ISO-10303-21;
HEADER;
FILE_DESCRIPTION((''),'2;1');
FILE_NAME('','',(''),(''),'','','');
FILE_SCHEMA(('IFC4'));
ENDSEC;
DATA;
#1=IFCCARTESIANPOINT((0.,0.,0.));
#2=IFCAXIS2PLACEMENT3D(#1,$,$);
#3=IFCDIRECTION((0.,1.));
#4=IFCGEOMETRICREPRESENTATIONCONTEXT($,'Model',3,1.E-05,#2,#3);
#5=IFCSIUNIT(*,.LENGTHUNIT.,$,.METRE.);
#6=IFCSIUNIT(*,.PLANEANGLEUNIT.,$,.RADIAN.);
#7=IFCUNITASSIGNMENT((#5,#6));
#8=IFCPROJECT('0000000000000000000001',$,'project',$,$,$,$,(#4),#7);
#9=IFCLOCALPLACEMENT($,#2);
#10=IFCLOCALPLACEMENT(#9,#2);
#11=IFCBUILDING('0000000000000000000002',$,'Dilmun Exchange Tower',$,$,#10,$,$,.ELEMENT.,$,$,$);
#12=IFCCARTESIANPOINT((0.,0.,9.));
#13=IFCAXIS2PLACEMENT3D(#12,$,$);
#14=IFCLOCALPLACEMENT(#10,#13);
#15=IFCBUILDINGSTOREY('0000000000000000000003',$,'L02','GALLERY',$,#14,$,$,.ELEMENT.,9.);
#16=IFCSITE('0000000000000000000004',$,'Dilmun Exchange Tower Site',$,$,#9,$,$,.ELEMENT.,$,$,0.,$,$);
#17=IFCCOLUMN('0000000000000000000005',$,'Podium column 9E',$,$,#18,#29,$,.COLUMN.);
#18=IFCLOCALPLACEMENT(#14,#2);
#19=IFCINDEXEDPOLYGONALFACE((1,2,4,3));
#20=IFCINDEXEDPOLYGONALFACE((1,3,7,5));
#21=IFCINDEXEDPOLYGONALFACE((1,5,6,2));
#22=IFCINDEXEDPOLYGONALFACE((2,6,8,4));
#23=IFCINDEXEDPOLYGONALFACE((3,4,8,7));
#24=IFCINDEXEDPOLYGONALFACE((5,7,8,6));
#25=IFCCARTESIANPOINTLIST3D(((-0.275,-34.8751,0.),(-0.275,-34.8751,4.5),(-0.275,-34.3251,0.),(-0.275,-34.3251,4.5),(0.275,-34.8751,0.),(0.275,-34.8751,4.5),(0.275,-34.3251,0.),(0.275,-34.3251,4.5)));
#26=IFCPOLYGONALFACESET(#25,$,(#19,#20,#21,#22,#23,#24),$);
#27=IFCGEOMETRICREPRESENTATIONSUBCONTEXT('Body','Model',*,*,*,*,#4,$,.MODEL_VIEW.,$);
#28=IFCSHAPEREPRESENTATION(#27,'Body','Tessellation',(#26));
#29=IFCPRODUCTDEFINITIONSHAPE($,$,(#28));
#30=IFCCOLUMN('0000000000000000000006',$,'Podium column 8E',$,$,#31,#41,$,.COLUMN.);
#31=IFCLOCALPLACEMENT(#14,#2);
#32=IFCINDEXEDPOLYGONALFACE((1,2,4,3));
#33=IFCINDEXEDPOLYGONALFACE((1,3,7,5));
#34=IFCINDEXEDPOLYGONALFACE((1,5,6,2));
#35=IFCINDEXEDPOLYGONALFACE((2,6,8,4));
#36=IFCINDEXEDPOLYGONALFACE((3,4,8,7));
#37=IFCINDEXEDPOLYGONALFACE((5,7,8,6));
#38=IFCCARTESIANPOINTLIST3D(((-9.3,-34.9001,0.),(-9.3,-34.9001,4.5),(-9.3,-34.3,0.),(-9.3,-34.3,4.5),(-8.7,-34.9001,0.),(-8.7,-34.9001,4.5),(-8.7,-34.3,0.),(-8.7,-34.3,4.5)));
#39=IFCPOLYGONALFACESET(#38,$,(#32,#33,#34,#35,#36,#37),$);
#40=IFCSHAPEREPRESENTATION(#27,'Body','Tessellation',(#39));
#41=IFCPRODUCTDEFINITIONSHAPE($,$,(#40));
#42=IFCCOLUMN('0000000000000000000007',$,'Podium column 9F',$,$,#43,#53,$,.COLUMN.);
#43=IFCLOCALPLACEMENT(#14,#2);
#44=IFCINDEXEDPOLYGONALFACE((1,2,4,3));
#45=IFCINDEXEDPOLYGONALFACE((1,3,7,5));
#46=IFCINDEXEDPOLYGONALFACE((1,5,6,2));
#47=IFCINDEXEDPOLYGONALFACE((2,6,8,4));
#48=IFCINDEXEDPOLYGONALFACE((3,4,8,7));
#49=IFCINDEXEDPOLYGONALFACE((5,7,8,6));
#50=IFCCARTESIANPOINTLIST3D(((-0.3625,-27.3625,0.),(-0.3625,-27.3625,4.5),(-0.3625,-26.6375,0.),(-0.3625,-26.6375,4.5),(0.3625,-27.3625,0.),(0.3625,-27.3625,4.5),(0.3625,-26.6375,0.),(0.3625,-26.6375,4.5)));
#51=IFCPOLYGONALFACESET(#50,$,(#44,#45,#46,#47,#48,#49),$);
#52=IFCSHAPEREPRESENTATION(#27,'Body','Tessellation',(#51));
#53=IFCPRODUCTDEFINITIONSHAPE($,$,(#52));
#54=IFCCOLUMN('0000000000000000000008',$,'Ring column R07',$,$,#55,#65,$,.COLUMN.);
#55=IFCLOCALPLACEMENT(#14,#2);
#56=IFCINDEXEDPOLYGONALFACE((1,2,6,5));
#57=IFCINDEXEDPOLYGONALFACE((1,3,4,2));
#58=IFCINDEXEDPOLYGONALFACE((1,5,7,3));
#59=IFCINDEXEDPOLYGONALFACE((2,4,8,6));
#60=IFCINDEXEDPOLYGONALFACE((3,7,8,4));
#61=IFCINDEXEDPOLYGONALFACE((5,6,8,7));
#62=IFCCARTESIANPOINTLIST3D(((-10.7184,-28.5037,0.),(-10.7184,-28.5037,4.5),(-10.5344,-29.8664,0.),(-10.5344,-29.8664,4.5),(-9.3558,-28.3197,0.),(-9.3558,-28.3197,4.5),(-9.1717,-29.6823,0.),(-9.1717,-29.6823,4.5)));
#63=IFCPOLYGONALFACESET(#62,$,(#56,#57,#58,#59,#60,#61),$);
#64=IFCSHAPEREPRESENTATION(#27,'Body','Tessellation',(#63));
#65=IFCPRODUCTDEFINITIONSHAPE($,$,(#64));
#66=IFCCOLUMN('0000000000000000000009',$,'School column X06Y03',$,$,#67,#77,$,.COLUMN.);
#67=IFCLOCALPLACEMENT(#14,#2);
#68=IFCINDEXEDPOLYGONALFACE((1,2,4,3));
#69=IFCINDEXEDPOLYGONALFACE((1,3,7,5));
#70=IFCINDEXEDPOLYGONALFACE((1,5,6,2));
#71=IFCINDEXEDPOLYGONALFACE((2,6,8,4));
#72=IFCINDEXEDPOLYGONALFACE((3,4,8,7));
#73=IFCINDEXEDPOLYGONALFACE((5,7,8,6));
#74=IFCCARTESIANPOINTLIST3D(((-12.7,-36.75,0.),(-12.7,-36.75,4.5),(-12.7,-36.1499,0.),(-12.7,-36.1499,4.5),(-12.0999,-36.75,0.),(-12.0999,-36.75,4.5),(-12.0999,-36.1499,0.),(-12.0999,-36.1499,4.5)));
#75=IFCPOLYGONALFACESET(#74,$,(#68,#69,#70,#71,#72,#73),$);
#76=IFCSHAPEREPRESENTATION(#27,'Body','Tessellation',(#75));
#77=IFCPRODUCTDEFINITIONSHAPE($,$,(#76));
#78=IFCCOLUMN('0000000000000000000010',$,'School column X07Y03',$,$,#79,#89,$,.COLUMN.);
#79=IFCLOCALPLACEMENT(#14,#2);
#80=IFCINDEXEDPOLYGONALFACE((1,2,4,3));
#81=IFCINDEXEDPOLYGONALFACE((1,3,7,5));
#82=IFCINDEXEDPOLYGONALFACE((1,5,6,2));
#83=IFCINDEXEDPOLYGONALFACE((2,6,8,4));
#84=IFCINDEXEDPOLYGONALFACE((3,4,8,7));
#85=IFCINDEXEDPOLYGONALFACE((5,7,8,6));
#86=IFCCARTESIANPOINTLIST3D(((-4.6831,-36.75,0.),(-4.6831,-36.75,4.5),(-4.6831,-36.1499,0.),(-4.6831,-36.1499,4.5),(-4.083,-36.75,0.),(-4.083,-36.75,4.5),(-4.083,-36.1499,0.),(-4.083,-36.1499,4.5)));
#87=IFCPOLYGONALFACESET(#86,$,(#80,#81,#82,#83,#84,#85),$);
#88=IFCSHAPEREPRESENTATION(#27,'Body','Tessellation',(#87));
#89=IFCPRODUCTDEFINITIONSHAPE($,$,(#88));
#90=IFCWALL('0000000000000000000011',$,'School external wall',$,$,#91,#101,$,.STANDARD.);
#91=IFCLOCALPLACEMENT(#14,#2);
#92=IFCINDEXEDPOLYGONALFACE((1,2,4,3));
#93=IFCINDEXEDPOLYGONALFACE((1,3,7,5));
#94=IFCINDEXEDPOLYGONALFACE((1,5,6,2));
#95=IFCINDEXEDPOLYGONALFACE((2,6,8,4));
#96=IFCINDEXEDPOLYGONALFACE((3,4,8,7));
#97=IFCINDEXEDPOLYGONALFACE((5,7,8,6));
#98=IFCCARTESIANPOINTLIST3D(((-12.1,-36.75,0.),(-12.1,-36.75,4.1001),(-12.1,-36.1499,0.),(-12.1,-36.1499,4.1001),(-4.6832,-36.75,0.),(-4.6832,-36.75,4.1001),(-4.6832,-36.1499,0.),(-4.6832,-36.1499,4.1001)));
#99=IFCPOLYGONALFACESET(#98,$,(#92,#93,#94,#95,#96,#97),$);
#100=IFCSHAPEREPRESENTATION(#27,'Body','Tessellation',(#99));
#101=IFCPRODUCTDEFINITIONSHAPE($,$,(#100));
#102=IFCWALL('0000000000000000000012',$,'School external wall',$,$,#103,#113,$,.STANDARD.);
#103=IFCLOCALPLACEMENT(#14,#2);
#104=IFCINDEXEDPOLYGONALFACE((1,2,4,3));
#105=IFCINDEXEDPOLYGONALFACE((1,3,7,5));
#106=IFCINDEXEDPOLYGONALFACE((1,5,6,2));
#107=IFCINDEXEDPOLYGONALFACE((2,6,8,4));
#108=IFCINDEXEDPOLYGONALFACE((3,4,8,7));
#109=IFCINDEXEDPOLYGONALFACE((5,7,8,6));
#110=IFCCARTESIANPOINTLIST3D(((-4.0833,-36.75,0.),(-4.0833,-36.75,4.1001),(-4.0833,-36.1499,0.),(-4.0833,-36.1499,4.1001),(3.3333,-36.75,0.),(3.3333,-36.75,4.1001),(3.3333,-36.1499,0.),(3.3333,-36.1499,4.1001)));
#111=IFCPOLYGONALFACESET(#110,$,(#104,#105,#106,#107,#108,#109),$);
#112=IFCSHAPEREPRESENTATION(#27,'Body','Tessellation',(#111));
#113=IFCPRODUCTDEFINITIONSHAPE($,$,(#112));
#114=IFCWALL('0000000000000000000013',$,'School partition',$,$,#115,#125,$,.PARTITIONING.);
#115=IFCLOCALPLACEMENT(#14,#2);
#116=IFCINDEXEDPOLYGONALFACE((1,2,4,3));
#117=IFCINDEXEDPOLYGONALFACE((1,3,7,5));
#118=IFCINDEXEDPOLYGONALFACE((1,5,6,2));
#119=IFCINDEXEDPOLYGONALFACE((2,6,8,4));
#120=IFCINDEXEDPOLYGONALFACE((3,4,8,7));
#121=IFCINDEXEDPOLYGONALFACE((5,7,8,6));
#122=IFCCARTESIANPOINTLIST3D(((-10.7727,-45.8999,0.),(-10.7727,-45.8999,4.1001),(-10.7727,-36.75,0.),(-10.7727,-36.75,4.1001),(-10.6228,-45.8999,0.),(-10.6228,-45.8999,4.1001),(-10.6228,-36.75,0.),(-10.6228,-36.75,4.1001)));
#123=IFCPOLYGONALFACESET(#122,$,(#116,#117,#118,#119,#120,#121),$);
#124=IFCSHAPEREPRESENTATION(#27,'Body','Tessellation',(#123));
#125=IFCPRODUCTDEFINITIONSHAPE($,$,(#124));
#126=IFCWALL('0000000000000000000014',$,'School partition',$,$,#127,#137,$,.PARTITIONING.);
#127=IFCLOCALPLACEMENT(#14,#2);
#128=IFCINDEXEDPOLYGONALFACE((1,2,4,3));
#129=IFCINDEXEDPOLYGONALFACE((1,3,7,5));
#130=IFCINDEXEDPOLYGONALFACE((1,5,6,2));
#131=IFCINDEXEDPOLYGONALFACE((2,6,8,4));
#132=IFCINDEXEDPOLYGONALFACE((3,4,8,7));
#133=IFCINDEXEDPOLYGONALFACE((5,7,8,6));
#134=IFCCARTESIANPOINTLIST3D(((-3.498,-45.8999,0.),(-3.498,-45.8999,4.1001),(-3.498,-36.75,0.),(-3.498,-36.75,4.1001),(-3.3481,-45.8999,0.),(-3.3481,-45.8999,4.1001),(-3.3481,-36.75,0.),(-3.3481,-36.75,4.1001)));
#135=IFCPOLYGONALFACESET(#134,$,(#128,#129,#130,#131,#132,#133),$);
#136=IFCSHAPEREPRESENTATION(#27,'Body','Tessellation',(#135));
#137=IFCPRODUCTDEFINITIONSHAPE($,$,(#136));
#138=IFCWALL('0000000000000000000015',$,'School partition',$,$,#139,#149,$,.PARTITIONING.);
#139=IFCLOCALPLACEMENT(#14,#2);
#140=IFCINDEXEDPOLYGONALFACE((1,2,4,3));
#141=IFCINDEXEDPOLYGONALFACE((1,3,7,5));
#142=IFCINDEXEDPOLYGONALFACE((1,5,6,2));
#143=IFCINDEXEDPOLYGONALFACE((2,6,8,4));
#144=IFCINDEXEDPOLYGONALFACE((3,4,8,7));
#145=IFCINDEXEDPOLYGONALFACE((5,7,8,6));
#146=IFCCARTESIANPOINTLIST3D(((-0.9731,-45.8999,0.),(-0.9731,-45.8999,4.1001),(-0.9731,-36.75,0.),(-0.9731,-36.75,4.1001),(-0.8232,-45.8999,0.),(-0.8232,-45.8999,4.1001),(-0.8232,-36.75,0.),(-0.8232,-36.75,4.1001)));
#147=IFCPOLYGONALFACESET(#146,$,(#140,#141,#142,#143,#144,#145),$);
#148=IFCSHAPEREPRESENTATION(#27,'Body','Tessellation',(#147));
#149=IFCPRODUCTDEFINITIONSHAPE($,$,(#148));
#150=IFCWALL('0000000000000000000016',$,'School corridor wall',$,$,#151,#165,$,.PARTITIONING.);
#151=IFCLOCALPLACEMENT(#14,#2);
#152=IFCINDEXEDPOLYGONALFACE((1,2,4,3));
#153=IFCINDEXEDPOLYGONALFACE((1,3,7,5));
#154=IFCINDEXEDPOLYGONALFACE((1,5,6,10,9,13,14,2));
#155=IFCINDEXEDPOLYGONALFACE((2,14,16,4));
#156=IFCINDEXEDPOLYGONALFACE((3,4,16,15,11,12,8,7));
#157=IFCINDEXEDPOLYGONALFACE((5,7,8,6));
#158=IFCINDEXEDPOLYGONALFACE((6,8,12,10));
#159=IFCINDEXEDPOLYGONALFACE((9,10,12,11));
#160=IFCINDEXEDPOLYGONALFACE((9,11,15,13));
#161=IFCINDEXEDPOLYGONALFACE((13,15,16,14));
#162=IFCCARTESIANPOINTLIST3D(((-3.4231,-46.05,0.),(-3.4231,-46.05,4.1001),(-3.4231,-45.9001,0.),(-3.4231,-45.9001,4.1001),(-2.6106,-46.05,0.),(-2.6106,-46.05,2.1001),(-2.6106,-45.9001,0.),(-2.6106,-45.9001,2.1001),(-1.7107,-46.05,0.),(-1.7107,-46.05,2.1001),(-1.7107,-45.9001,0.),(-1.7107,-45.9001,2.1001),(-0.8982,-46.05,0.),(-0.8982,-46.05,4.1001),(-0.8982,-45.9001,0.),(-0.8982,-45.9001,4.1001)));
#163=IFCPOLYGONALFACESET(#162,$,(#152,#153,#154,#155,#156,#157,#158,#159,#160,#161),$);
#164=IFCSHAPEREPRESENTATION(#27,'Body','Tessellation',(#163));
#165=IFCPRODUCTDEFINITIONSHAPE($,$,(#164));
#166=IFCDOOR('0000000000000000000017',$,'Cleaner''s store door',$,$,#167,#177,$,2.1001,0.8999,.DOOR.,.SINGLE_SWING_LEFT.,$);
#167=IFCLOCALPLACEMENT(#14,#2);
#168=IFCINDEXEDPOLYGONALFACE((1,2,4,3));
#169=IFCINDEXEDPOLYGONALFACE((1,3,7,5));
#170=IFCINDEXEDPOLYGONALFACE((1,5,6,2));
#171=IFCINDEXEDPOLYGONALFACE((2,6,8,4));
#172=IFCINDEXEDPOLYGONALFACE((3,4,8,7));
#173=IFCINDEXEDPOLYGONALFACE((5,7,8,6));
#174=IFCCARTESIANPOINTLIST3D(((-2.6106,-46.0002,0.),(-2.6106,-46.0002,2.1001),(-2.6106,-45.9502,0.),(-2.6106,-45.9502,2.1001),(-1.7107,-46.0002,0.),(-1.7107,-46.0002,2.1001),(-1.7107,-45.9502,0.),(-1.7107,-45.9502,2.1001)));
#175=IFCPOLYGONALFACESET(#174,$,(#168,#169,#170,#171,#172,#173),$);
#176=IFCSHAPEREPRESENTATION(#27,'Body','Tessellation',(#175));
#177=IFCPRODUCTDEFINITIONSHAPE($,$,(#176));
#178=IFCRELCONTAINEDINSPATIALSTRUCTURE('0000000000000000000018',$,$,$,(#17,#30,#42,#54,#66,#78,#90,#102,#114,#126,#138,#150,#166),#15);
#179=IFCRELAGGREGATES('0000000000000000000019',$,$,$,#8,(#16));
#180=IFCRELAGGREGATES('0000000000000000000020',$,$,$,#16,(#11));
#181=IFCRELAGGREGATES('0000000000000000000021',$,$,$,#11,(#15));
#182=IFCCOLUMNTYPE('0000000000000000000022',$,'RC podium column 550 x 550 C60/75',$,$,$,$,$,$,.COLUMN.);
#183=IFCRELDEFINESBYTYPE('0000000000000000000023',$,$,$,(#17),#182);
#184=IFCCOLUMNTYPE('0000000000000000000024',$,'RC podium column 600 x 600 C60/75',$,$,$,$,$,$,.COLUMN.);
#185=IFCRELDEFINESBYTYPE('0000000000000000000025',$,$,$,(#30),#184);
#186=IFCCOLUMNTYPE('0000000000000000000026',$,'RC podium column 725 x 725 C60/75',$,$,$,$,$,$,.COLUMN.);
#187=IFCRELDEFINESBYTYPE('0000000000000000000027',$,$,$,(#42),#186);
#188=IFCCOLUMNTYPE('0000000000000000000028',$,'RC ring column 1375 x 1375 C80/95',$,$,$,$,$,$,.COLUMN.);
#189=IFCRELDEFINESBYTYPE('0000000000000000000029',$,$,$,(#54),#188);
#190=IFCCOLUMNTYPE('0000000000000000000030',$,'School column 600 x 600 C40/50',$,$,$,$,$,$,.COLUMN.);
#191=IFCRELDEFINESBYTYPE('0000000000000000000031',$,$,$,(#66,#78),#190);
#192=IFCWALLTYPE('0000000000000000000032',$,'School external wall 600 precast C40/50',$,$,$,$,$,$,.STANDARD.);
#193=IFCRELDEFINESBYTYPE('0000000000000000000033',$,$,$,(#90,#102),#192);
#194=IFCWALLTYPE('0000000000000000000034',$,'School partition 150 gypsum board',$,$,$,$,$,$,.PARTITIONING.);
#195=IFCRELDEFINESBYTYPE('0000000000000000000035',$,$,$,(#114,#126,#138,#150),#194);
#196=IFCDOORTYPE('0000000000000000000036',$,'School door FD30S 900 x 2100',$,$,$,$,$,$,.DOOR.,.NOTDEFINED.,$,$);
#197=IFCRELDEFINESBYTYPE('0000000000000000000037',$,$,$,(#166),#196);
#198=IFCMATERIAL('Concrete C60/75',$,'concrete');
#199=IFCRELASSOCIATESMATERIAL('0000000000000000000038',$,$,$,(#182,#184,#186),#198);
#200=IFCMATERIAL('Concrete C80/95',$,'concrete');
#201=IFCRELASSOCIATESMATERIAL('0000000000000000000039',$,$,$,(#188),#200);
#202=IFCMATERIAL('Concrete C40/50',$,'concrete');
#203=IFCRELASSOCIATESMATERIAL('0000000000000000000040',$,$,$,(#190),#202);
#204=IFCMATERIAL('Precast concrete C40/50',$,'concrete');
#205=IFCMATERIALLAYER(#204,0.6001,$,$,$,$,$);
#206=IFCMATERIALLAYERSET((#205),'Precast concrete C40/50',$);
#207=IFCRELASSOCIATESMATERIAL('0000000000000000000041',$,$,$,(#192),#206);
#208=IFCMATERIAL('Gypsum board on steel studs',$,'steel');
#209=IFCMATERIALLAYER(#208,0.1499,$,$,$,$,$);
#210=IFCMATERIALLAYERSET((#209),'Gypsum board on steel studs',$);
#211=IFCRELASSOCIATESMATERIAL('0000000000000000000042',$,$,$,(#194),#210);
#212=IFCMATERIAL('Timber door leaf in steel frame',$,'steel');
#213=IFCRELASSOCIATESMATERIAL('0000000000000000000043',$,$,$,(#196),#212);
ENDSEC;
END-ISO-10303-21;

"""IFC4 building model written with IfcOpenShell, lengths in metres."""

from ifc_helpers import new_model, si_unit, direction, frame, frame_2d, origin, origin_2d, place, context, subcontext, project, spatial, rectangle, extrude, material, layer, layer_set, material_profile, profile_set, type_object, element, fill, save


model = new_model("IFC4")

# Units and contexts
model_context = context("Model", 3, precision=1e-05, world=origin(), true_north=direction((0.0, 1.0)))
body_context = subcontext(model_context, "Body", "Model", "MODEL_VIEW")
ifc_project = project(units=[si_unit("LENGTHUNIT", "METRE"), si_unit("PLANEANGLEUNIT", "RADIAN")], contexts=[model_context])

# Site, building, storey
site_placement = place(None, origin())
site = spatial("IfcSite", under=ifc_project, at=site_placement, Name="Dilmun Exchange Tower Site", CompositionType="ELEMENT", RefElevation=0.0)
building_placement = place(site_placement, origin())
building = spatial("IfcBuilding", under=site, at=building_placement, Name="Dilmun Exchange Tower", CompositionType="ELEMENT")
storey_placement = place(building_placement, frame((0.0, 0.0, 9.0)))
storey = spatial("IfcBuildingStorey", under=building, at=storey_placement, Name="L02", Description="GALLERY", CompositionType="ELEMENT", Elevation=9.0)

# Columns
ifc_material_1 = material(Name="Concrete C60/75", Category="concrete")
ifc_material_profile_1 = material_profile(ifc_material_1, rectangle(XDim=0.55, YDim=0.55, at=origin_2d()), Name="550 x 550")
ifc_profile_set_1 = profile_set([ifc_material_profile_1], Name="Concrete C60/75")
column_type_1 = type_object("IfcColumnType", Name="RC podium column 550 x 550 C60/75", PredefinedType="COLUMN", material=ifc_profile_set_1)
column_1_placement = place(storey_placement, frame((0.0, -34.6001, 0.0), z_axis=(0.0, 0.0, 1.0), x_axis=(1.0, 0.0, 0.0)))
element("IfcColumn", 1, at=column_1_placement, inside=storey, type_object=column_type_1, Name="Podium column 9E", PredefinedType="COLUMN", context=body_context, shape_type="SweptSolid", body=[
    extrude(rectangle(XDim=0.55, YDim=0.55, at=origin_2d()), origin(), (0.0, 0.0, 1.0), 4.5),
])
ifc_material_profile_2 = material_profile(ifc_material_1, rectangle(XDim=0.6001, YDim=0.6001, at=origin_2d()), Name="600 x 600")
ifc_profile_set_2 = profile_set([ifc_material_profile_2], Name="Concrete C60/75")
column_type_2 = type_object("IfcColumnType", Name="RC podium column 600 x 600 C60/75", PredefinedType="COLUMN", material=ifc_profile_set_2)
column_2_placement = place(storey_placement, frame((-9.0, -34.6001, 0.0), z_axis=(0.0, 0.0, 1.0), x_axis=(1.0, 0.0, 0.0)))
element("IfcColumn", 2, at=column_2_placement, inside=storey, type_object=column_type_2, Name="Podium column 8E", PredefinedType="COLUMN", context=body_context, shape_type="SweptSolid", body=[
    extrude(rectangle(XDim=0.6001, YDim=0.6001, at=origin_2d()), origin(), (0.0, 0.0, 1.0), 4.5),
])
ifc_material_profile_3 = material_profile(ifc_material_1, rectangle(XDim=0.7251, YDim=0.7251, at=origin_2d()), Name="725 x 725")
ifc_profile_set_3 = profile_set([ifc_material_profile_3], Name="Concrete C60/75")
column_type_3 = type_object("IfcColumnType", Name="RC podium column 725 x 725 C60/75", PredefinedType="COLUMN", material=ifc_profile_set_3)
column_3_placement = place(storey_placement, frame((0.0, -27.0, 0.0), z_axis=(0.0, 0.0, 1.0), x_axis=(1.0, 0.0, 0.0)))
element("IfcColumn", 3, at=column_3_placement, inside=storey, type_object=column_type_3, Name="Podium column 9F", PredefinedType="COLUMN", context=body_context, shape_type="SweptSolid", body=[
    extrude(rectangle(XDim=0.7251, YDim=0.7251, at=origin_2d()), origin(), (0.0, 0.0, 1.0), 4.5),
])
ifc_material_2 = material(Name="Concrete C80/95", Category="concrete")
ifc_material_profile_4 = material_profile(ifc_material_2, rectangle(XDim=1.375, YDim=1.375, at=origin_2d()), Name="1375 x 1375")
ifc_profile_set_4 = profile_set([ifc_material_profile_4], Name="Concrete C80/95")
column_type_4 = type_object("IfcColumnType", Name="RC ring column 1375 x 1375 C80/95", PredefinedType="COLUMN", material=ifc_profile_set_4)
column_4_placement = place(storey_placement, frame((-9.9451, -29.093, 0.0), z_axis=(0.0, 0.0, 1.0), x_axis=(0.991001, 0.133853, 0.0)))
element("IfcColumn", 4, at=column_4_placement, inside=storey, type_object=column_type_4, Name="Ring column R07", PredefinedType="COLUMN", context=body_context, shape_type="SweptSolid", body=[
    extrude(rectangle(XDim=1.375, YDim=1.375, at=origin_2d()), origin(), (0.0, 0.0, 1.0), 4.5),
])
ifc_material_3 = material(Name="Concrete C40/50", Category="concrete")
ifc_material_profile_5 = material_profile(ifc_material_3, rectangle(XDim=0.6001, YDim=0.6001, at=origin_2d()), Name="600 x 600")
ifc_profile_set_5 = profile_set([ifc_material_profile_5], Name="Concrete C40/50")
column_type_5 = type_object("IfcColumnType", Name="School column 600 x 600 C40/50", PredefinedType="COLUMN", material=ifc_profile_set_5)
for number, where, z_axis, x_axis, name in (
    (5, (-12.3999, -36.45, 0.0), (0.0, 0.0, 1.0), (1.0, 0.0, 0.0), "School column X06Y03"),
    (6, (-4.3831, -36.45, 0.0), (0.0, 0.0, 1.0), (1.0, 0.0, 0.0), "School column X07Y03"),
):
    element("IfcColumn", number, at=place(storey_placement, frame(where, z_axis=z_axis, x_axis=x_axis)), inside=storey, type_object=column_type_5, Name=name, PredefinedType="COLUMN", context=body_context, shape_type="SweptSolid", body=[
        extrude(rectangle(XDim=0.6001, YDim=0.6001, at=origin_2d()), origin(), (0.0, 0.0, 1.0), 4.5),
    ])

# Walls
ifc_material_4 = material(Name="Precast concrete C40/50", Category="concrete")
ifc_layer_1 = layer(ifc_material_4, 0.6001)
ifc_layer_set_1 = layer_set([ifc_layer_1], Name="Precast concrete C40/50")
wall_type_1 = type_object("IfcWallType", Name="School external wall 600 precast C40/50", PredefinedType="STANDARD", material=ifc_layer_set_1)
wall_1_placement = place(storey_placement, frame((-12.1001, -36.45, 0.0), z_axis=(0.0, 0.0, 1.0), x_axis=(1.0, 0.0, 0.0)))
element("IfcWall", 7, at=wall_1_placement, inside=storey, type_object=wall_type_1, Name="School external wall", PredefinedType="STANDARD", context=body_context, shape_type="SweptSolid", body=[
    extrude(rectangle(XDim=7.4167, YDim=0.6001, at=frame_2d((3.7085, 0.0))), origin(), (0.0, 0.0, 1.0), 4.1001),
])
wall_2_placement = place(storey_placement, frame((-4.0833, -36.45, 0.0), z_axis=(0.0, 0.0, 1.0), x_axis=(1.0, 0.0, 0.0)))
element("IfcWall", 8, at=wall_2_placement, inside=storey, type_object=wall_type_1, Name="School external wall", PredefinedType="STANDARD", context=body_context, shape_type="SweptSolid", body=[
    extrude(rectangle(XDim=7.4165, YDim=0.6001, at=frame_2d((3.7083, 0.0))), origin(), (0.0, 0.0, 1.0), 4.1001),
])
ifc_material_5 = material(Name="Gypsum board on steel studs", Category="steel")
ifc_layer_2 = layer(ifc_material_5, 0.1499)
ifc_layer_set_2 = layer_set([ifc_layer_2], Name="Gypsum board on steel studs")
wall_type_2 = type_object("IfcWallType", Name="School partition 150 gypsum board", PredefinedType="PARTITIONING", material=ifc_layer_set_2)
for number, where, z_axis, x_axis, name in (
    (9, (-10.6978, -45.8999, 0.0), (0.0, 0.0, 1.0), (0.0, 1.0, 0.0), "School partition"),
    (10, (-3.4231, -45.8999, 0.0), (0.0, 0.0, 1.0), (0.0, 1.0, 0.0), "School partition"),
    (11, (-0.8982, -45.8999, 0.0), (0.0, 0.0, 1.0), (0.0, 1.0, 0.0), "School partition"),
):
    element("IfcWall", number, at=place(storey_placement, frame(where, z_axis=z_axis, x_axis=x_axis)), inside=storey, type_object=wall_type_2, Name=name, PredefinedType="PARTITIONING", context=body_context, shape_type="SweptSolid", body=[
        extrude(rectangle(XDim=9.1499, YDim=0.1499, at=frame_2d((4.575, 0.0))), origin(), (0.0, 0.0, 1.0), 4.1001),
    ])

# Wall, opening, door
wall_3_placement = place(storey_placement, frame((-3.4231, -45.9751, 0.0), z_axis=(0.0, 0.0, 1.0), x_axis=(1.0, 0.0, 0.0)))
wall_3 = element("IfcWall", 12, at=wall_3_placement, inside=storey, type_object=wall_type_2, Name="School corridor wall", PredefinedType="PARTITIONING", context=body_context, shape_type="SweptSolid", body=[
    extrude(rectangle(XDim=2.5249, YDim=0.1499, at=frame_2d((1.2625, 0.0))), origin(), (0.0, 0.0, 1.0), 4.1001),
])
opening_1_placement = place(wall_3_placement, frame((0.8125, 0.0, 0.0)))
opening_1 = element("IfcOpeningElement", 13, at=opening_1_placement, cuts=wall_3, PredefinedType="OPENING", context=body_context, shape_type="SweptSolid", body=[
    extrude(rectangle(XDim=0.8999, YDim=2.1001, at=frame_2d((0.45, 1.05))), frame((0.0, 0.085, 0.0), z_axis=(0.0, -1.0, 0.0), x_axis=(1.0, 0.0, 0.0)), (0.0, 0.0, 1.0), 0.1699),
])
ifc_material_6 = material(Name="Timber door leaf in steel frame", Category="steel")
door_type = type_object("IfcDoorType", Name="School door FD30S 900 x 2100", OperationType="NOTDEFINED", PredefinedType="DOOR", material=ifc_material_6)
door_1_placement = place(opening_1_placement, origin())
door_1 = element("IfcDoor", 14, at=door_1_placement, inside=storey, type_object=door_type, Name="Cleaner's store door", OperationType="SINGLE_SWING_LEFT", OverallHeight=2.1001, OverallWidth=0.8999, PredefinedType="DOOR", context=body_context, shape_type="SweptSolid", body=[
    extrude(rectangle(XDim=0.8999, YDim=2.1001, at=frame_2d((0.45, 1.05))), frame((0.0, 0.0249, 0.0), z_axis=(0.0, -1.0, 0.0), x_axis=(1.0, 0.0, 0.0)), (0.0, 0.0, 1.0), 0.05),
])
fill(opening_1, door_1)

save(model, "model.ifc")
